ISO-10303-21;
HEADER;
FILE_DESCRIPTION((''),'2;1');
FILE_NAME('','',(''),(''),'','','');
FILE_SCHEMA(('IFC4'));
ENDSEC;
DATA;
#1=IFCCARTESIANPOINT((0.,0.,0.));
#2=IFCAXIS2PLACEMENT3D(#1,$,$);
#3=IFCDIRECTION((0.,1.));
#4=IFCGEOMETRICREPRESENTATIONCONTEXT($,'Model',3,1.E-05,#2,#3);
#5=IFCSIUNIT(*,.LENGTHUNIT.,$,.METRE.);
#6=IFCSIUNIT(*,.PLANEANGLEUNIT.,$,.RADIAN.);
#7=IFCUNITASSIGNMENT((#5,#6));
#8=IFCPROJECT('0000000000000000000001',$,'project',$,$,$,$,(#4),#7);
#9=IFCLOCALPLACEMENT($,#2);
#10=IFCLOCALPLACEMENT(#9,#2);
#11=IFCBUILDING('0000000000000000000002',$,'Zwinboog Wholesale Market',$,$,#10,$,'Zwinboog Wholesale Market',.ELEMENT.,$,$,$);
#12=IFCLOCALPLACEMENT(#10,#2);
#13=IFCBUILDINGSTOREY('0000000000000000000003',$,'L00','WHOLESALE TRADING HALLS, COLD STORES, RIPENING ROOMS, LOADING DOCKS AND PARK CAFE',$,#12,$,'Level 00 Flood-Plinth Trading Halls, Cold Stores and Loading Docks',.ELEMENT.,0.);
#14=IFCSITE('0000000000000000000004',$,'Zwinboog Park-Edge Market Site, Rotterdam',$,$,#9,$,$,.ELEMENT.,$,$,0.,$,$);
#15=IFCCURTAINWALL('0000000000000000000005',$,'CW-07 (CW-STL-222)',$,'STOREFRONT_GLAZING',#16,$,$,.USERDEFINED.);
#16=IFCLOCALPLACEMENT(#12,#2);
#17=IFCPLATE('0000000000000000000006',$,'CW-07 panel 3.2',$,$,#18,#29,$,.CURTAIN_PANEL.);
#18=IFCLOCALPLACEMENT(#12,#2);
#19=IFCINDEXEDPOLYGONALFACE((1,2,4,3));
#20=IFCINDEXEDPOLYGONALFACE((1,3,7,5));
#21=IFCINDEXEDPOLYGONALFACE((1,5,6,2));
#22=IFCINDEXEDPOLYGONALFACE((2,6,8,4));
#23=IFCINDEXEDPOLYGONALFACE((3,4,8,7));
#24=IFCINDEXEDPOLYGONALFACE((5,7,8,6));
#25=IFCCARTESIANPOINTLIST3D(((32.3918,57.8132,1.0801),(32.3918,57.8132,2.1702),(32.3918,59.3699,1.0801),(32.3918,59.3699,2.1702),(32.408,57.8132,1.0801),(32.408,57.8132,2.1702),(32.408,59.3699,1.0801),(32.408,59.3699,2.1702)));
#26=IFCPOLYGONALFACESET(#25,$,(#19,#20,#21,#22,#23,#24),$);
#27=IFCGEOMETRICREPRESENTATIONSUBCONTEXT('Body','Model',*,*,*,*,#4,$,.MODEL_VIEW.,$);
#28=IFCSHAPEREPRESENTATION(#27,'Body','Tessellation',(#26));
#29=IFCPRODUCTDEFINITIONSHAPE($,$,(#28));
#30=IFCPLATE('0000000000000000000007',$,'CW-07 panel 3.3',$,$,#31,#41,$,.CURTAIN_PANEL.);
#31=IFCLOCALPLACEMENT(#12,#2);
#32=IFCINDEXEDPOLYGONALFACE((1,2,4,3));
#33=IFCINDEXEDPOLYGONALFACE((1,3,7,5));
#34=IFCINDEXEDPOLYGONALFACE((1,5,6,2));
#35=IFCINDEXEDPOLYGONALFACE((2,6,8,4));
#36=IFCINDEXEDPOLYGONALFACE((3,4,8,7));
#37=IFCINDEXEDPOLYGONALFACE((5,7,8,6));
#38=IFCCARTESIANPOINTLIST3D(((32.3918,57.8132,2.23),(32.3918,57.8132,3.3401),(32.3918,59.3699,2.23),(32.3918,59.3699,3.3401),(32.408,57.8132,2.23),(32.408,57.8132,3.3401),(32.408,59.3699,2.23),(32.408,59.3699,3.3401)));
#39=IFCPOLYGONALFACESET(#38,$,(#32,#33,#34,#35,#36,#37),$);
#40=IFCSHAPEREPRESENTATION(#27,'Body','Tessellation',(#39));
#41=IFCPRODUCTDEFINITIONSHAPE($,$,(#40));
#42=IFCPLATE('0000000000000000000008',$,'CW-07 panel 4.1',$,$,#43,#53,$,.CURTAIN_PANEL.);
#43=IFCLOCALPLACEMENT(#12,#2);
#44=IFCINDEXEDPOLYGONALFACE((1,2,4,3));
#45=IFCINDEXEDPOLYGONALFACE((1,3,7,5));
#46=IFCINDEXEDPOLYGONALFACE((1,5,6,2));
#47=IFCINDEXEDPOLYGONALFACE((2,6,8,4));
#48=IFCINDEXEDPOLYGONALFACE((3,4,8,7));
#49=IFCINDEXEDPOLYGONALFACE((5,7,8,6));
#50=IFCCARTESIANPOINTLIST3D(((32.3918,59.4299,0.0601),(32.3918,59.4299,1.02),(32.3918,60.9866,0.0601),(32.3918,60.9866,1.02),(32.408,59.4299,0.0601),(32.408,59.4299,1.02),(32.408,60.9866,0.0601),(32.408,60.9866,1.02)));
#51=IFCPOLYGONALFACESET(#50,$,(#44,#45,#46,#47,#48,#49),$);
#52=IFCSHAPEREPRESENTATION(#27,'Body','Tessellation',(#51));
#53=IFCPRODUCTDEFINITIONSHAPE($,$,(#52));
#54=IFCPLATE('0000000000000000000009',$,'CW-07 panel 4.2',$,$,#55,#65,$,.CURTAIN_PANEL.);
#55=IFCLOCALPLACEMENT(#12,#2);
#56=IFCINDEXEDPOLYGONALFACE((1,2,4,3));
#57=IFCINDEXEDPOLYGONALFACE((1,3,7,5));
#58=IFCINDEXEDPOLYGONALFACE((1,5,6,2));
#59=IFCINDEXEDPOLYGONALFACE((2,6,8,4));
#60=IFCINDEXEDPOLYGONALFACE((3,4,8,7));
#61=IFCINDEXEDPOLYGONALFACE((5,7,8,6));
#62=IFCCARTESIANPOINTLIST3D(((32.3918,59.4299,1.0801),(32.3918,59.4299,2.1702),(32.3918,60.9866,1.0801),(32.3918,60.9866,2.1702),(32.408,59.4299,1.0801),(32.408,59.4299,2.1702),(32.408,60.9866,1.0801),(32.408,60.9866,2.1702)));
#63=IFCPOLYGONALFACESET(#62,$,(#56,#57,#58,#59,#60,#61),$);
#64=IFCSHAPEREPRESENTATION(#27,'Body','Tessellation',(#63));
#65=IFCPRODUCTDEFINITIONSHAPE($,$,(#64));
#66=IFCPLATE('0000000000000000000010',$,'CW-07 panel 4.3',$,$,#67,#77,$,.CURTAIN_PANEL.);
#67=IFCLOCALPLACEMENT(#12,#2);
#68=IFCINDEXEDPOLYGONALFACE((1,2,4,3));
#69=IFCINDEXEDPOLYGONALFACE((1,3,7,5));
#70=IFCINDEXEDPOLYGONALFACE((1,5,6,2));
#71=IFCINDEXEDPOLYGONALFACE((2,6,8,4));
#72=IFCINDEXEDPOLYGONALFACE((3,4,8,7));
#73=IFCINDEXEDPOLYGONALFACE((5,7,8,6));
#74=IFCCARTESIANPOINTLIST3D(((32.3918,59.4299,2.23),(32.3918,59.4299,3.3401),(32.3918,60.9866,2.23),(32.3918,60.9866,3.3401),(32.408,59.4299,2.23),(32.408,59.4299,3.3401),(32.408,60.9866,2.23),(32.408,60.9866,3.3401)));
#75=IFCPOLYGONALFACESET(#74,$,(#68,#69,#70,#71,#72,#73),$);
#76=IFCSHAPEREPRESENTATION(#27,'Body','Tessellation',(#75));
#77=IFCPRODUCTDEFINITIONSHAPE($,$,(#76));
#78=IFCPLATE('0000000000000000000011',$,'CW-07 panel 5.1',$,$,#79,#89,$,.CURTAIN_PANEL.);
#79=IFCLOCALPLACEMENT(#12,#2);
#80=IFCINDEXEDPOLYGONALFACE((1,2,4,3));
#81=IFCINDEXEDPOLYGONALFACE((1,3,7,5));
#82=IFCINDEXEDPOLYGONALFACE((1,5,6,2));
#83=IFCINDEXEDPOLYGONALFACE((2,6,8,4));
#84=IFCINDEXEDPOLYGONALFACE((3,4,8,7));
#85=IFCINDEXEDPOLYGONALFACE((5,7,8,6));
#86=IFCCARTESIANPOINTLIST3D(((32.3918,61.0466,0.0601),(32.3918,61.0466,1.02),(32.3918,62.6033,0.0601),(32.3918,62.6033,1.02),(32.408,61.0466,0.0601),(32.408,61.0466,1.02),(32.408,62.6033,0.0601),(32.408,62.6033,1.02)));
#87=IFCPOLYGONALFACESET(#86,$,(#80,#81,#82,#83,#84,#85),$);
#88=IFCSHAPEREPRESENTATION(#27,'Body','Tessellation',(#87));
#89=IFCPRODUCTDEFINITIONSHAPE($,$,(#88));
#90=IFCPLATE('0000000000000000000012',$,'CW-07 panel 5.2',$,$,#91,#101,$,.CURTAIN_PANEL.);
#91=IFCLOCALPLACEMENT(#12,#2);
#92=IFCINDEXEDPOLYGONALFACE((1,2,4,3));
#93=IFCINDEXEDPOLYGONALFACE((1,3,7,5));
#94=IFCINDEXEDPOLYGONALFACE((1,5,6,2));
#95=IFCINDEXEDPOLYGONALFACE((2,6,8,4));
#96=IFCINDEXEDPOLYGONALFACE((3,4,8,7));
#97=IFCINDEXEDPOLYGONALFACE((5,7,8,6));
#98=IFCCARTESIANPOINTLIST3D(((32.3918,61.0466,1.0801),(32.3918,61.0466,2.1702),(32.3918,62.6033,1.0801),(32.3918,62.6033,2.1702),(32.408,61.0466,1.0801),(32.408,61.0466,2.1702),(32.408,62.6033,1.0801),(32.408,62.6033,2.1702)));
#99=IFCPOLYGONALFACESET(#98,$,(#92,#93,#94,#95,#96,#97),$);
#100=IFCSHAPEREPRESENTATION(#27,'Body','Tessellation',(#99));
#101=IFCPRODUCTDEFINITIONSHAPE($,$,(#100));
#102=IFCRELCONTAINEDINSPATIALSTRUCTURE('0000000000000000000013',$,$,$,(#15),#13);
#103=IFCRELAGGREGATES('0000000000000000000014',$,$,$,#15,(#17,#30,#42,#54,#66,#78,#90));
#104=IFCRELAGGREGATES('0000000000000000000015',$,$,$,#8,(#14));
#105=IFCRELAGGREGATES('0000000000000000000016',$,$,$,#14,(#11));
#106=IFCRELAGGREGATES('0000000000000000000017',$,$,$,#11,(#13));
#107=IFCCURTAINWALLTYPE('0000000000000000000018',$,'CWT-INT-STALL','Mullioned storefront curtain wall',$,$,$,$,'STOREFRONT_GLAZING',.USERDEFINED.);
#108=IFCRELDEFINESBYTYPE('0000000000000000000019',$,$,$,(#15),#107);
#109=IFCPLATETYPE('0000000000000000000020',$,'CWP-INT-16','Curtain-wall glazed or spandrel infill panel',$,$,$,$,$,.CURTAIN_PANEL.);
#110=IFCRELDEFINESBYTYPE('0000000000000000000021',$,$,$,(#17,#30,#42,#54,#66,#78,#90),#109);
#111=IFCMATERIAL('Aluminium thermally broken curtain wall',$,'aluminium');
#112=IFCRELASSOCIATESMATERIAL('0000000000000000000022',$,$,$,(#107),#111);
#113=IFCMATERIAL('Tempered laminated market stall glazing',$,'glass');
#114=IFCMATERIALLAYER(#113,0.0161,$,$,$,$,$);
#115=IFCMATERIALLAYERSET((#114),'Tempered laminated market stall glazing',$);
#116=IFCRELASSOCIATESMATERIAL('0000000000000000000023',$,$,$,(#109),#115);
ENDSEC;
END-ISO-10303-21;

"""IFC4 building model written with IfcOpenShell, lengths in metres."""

from ifc_helpers import new_model, si_unit, direction, frame, origin, origin_2d, place, context, subcontext, project, spatial, rectangle, extrude, material, layer, layer_set, type_object, element, aggregate, save


model = new_model("IFC4")

# Units and contexts
model_context = context("Model", 3, precision=1e-05, world=origin(), true_north=direction((0.0, 1.0)))
body_context = subcontext(model_context, "Body", "Model", "MODEL_VIEW")
ifc_project = project(units=[si_unit("LENGTHUNIT", "METRE"), si_unit("PLANEANGLEUNIT", "RADIAN")], contexts=[model_context])

# Site, building, storey
site_placement = place(None, origin())
site = spatial("IfcSite", under=ifc_project, at=site_placement, Name="Zwinboog Park-Edge Market Site, Rotterdam", CompositionType="ELEMENT", RefElevation=0.0)
building_placement = place(site_placement, origin())
building = spatial("IfcBuilding", under=site, at=building_placement, Name="Zwinboog Wholesale Market", LongName="Zwinboog Wholesale Market", CompositionType="ELEMENT")
storey_placement = place(building_placement, origin())
storey = spatial("IfcBuildingStorey", under=building, at=storey_placement, Name="L00", Description="WHOLESALE TRADING HALLS, COLD STORES, RIPENING ROOMS, LOADING DOCKS AND PARK CAFE", LongName="Level 00 Flood-Plinth Trading Halls, Cold Stores and Loading Docks", CompositionType="ELEMENT", Elevation=0.0)

# Curtain wall, plates
ifc_material_1 = material(Name="Aluminium thermally broken curtain wall", Category="aluminium")
curtain_wall_type = type_object("IfcCurtainWallType", Name="CWT-INT-STALL", Description="Mullioned storefront curtain wall", ElementType="STOREFRONT_GLAZING", PredefinedType="USERDEFINED", material=ifc_material_1)
curtain_wall_placement = place(storey_placement, origin())
curtain_wall = element("IfcCurtainWall", 1, at=curtain_wall_placement, inside=storey, type_object=curtain_wall_type, Name="CW-07 (CW-STL-222)", ObjectType="STOREFRONT_GLAZING", PredefinedType="USERDEFINED")
ifc_material_2 = material(Name="Tempered laminated market stall glazing", Category="glass")
ifc_layer = layer(ifc_material_2, 0.0161)
ifc_layer_set = layer_set([ifc_layer], Name="Tempered laminated market stall glazing")
plate_type = type_object("IfcPlateType", Name="CWP-INT-16", Description="Curtain-wall glazed or spandrel infill panel", PredefinedType="CURTAIN_PANEL", material=ifc_layer_set)
plate_1_placement = place(storey_placement, frame((32.3999, 58.5916, 1.0801), z_axis=(0.0, 0.0, 1.0), x_axis=(0.0, 1.0, 0.0)))
plate_1 = element("IfcPlate", 2, at=plate_1_placement, type_object=plate_type, Name="CW-07 panel 3.2", PredefinedType="CURTAIN_PANEL", context=body_context, shape_type="SweptSolid", body=[
    extrude(rectangle(XDim=1.5566, YDim=0.0161, at=origin_2d()), origin(), (0.0, 0.0, 1.0), 1.0901),
])
plate_2_placement = place(storey_placement, frame((32.3999, 58.5916, 2.23), z_axis=(0.0, 0.0, 1.0), x_axis=(0.0, 1.0, 0.0)))
plate_2 = element("IfcPlate", 3, at=plate_2_placement, type_object=plate_type, Name="CW-07 panel 3.3", PredefinedType="CURTAIN_PANEL", context=body_context, shape_type="SweptSolid", body=[
    extrude(rectangle(XDim=1.5566, YDim=0.0161, at=origin_2d()), origin(), (0.0, 0.0, 1.0), 1.1101),
])
plate_3_placement = place(storey_placement, frame((32.3999, 60.2083, 0.0601), z_axis=(0.0, 0.0, 1.0), x_axis=(0.0, 1.0, 0.0)))
plate_3 = element("IfcPlate", 4, at=plate_3_placement, type_object=plate_type, Name="CW-07 panel 4.1", PredefinedType="CURTAIN_PANEL", context=body_context, shape_type="SweptSolid", body=[
    extrude(rectangle(XDim=1.5566, YDim=0.0161, at=origin_2d()), origin(), (0.0, 0.0, 1.0), 0.96),
])
plate_4_placement = place(storey_placement, frame((32.3999, 60.2083, 1.0801), z_axis=(0.0, 0.0, 1.0), x_axis=(0.0, 1.0, 0.0)))
plate_4 = element("IfcPlate", 5, at=plate_4_placement, type_object=plate_type, Name="CW-07 panel 4.2", PredefinedType="CURTAIN_PANEL", context=body_context, shape_type="SweptSolid", body=[
    extrude(rectangle(XDim=1.5566, YDim=0.0161, at=origin_2d()), origin(), (0.0, 0.0, 1.0), 1.0901),
])
plate_5_placement = place(storey_placement, frame((32.3999, 60.2083, 2.23), z_axis=(0.0, 0.0, 1.0), x_axis=(0.0, 1.0, 0.0)))
plate_5 = element("IfcPlate", 6, at=plate_5_placement, type_object=plate_type, Name="CW-07 panel 4.3", PredefinedType="CURTAIN_PANEL", context=body_context, shape_type="SweptSolid", body=[
    extrude(rectangle(XDim=1.5566, YDim=0.0161, at=origin_2d()), origin(), (0.0, 0.0, 1.0), 1.1101),
])
plate_6_placement = place(storey_placement, frame((32.3999, 61.825, 0.0601), z_axis=(0.0, 0.0, 1.0), x_axis=(0.0, 1.0, 0.0)))
plate_6 = element("IfcPlate", 7, at=plate_6_placement, type_object=plate_type, Name="CW-07 panel 5.1", PredefinedType="CURTAIN_PANEL", context=body_context, shape_type="SweptSolid", body=[
    extrude(rectangle(XDim=1.5566, YDim=0.0161, at=origin_2d()), origin(), (0.0, 0.0, 1.0), 0.96),
])
plate_7_placement = place(storey_placement, frame((32.3999, 61.825, 1.0801), z_axis=(0.0, 0.0, 1.0), x_axis=(0.0, 1.0, 0.0)))
plate_7 = element("IfcPlate", 8, at=plate_7_placement, type_object=plate_type, Name="CW-07 panel 5.2", PredefinedType="CURTAIN_PANEL", context=body_context, shape_type="SweptSolid", body=[
    extrude(rectangle(XDim=1.5566, YDim=0.0161, at=origin_2d()), origin(), (0.0, 0.0, 1.0), 1.0901),
])
aggregate(curtain_wall, [plate_1, plate_2, plate_3, plate_4, plate_5, plate_6, plate_7])

save(model, "model.ifc")
